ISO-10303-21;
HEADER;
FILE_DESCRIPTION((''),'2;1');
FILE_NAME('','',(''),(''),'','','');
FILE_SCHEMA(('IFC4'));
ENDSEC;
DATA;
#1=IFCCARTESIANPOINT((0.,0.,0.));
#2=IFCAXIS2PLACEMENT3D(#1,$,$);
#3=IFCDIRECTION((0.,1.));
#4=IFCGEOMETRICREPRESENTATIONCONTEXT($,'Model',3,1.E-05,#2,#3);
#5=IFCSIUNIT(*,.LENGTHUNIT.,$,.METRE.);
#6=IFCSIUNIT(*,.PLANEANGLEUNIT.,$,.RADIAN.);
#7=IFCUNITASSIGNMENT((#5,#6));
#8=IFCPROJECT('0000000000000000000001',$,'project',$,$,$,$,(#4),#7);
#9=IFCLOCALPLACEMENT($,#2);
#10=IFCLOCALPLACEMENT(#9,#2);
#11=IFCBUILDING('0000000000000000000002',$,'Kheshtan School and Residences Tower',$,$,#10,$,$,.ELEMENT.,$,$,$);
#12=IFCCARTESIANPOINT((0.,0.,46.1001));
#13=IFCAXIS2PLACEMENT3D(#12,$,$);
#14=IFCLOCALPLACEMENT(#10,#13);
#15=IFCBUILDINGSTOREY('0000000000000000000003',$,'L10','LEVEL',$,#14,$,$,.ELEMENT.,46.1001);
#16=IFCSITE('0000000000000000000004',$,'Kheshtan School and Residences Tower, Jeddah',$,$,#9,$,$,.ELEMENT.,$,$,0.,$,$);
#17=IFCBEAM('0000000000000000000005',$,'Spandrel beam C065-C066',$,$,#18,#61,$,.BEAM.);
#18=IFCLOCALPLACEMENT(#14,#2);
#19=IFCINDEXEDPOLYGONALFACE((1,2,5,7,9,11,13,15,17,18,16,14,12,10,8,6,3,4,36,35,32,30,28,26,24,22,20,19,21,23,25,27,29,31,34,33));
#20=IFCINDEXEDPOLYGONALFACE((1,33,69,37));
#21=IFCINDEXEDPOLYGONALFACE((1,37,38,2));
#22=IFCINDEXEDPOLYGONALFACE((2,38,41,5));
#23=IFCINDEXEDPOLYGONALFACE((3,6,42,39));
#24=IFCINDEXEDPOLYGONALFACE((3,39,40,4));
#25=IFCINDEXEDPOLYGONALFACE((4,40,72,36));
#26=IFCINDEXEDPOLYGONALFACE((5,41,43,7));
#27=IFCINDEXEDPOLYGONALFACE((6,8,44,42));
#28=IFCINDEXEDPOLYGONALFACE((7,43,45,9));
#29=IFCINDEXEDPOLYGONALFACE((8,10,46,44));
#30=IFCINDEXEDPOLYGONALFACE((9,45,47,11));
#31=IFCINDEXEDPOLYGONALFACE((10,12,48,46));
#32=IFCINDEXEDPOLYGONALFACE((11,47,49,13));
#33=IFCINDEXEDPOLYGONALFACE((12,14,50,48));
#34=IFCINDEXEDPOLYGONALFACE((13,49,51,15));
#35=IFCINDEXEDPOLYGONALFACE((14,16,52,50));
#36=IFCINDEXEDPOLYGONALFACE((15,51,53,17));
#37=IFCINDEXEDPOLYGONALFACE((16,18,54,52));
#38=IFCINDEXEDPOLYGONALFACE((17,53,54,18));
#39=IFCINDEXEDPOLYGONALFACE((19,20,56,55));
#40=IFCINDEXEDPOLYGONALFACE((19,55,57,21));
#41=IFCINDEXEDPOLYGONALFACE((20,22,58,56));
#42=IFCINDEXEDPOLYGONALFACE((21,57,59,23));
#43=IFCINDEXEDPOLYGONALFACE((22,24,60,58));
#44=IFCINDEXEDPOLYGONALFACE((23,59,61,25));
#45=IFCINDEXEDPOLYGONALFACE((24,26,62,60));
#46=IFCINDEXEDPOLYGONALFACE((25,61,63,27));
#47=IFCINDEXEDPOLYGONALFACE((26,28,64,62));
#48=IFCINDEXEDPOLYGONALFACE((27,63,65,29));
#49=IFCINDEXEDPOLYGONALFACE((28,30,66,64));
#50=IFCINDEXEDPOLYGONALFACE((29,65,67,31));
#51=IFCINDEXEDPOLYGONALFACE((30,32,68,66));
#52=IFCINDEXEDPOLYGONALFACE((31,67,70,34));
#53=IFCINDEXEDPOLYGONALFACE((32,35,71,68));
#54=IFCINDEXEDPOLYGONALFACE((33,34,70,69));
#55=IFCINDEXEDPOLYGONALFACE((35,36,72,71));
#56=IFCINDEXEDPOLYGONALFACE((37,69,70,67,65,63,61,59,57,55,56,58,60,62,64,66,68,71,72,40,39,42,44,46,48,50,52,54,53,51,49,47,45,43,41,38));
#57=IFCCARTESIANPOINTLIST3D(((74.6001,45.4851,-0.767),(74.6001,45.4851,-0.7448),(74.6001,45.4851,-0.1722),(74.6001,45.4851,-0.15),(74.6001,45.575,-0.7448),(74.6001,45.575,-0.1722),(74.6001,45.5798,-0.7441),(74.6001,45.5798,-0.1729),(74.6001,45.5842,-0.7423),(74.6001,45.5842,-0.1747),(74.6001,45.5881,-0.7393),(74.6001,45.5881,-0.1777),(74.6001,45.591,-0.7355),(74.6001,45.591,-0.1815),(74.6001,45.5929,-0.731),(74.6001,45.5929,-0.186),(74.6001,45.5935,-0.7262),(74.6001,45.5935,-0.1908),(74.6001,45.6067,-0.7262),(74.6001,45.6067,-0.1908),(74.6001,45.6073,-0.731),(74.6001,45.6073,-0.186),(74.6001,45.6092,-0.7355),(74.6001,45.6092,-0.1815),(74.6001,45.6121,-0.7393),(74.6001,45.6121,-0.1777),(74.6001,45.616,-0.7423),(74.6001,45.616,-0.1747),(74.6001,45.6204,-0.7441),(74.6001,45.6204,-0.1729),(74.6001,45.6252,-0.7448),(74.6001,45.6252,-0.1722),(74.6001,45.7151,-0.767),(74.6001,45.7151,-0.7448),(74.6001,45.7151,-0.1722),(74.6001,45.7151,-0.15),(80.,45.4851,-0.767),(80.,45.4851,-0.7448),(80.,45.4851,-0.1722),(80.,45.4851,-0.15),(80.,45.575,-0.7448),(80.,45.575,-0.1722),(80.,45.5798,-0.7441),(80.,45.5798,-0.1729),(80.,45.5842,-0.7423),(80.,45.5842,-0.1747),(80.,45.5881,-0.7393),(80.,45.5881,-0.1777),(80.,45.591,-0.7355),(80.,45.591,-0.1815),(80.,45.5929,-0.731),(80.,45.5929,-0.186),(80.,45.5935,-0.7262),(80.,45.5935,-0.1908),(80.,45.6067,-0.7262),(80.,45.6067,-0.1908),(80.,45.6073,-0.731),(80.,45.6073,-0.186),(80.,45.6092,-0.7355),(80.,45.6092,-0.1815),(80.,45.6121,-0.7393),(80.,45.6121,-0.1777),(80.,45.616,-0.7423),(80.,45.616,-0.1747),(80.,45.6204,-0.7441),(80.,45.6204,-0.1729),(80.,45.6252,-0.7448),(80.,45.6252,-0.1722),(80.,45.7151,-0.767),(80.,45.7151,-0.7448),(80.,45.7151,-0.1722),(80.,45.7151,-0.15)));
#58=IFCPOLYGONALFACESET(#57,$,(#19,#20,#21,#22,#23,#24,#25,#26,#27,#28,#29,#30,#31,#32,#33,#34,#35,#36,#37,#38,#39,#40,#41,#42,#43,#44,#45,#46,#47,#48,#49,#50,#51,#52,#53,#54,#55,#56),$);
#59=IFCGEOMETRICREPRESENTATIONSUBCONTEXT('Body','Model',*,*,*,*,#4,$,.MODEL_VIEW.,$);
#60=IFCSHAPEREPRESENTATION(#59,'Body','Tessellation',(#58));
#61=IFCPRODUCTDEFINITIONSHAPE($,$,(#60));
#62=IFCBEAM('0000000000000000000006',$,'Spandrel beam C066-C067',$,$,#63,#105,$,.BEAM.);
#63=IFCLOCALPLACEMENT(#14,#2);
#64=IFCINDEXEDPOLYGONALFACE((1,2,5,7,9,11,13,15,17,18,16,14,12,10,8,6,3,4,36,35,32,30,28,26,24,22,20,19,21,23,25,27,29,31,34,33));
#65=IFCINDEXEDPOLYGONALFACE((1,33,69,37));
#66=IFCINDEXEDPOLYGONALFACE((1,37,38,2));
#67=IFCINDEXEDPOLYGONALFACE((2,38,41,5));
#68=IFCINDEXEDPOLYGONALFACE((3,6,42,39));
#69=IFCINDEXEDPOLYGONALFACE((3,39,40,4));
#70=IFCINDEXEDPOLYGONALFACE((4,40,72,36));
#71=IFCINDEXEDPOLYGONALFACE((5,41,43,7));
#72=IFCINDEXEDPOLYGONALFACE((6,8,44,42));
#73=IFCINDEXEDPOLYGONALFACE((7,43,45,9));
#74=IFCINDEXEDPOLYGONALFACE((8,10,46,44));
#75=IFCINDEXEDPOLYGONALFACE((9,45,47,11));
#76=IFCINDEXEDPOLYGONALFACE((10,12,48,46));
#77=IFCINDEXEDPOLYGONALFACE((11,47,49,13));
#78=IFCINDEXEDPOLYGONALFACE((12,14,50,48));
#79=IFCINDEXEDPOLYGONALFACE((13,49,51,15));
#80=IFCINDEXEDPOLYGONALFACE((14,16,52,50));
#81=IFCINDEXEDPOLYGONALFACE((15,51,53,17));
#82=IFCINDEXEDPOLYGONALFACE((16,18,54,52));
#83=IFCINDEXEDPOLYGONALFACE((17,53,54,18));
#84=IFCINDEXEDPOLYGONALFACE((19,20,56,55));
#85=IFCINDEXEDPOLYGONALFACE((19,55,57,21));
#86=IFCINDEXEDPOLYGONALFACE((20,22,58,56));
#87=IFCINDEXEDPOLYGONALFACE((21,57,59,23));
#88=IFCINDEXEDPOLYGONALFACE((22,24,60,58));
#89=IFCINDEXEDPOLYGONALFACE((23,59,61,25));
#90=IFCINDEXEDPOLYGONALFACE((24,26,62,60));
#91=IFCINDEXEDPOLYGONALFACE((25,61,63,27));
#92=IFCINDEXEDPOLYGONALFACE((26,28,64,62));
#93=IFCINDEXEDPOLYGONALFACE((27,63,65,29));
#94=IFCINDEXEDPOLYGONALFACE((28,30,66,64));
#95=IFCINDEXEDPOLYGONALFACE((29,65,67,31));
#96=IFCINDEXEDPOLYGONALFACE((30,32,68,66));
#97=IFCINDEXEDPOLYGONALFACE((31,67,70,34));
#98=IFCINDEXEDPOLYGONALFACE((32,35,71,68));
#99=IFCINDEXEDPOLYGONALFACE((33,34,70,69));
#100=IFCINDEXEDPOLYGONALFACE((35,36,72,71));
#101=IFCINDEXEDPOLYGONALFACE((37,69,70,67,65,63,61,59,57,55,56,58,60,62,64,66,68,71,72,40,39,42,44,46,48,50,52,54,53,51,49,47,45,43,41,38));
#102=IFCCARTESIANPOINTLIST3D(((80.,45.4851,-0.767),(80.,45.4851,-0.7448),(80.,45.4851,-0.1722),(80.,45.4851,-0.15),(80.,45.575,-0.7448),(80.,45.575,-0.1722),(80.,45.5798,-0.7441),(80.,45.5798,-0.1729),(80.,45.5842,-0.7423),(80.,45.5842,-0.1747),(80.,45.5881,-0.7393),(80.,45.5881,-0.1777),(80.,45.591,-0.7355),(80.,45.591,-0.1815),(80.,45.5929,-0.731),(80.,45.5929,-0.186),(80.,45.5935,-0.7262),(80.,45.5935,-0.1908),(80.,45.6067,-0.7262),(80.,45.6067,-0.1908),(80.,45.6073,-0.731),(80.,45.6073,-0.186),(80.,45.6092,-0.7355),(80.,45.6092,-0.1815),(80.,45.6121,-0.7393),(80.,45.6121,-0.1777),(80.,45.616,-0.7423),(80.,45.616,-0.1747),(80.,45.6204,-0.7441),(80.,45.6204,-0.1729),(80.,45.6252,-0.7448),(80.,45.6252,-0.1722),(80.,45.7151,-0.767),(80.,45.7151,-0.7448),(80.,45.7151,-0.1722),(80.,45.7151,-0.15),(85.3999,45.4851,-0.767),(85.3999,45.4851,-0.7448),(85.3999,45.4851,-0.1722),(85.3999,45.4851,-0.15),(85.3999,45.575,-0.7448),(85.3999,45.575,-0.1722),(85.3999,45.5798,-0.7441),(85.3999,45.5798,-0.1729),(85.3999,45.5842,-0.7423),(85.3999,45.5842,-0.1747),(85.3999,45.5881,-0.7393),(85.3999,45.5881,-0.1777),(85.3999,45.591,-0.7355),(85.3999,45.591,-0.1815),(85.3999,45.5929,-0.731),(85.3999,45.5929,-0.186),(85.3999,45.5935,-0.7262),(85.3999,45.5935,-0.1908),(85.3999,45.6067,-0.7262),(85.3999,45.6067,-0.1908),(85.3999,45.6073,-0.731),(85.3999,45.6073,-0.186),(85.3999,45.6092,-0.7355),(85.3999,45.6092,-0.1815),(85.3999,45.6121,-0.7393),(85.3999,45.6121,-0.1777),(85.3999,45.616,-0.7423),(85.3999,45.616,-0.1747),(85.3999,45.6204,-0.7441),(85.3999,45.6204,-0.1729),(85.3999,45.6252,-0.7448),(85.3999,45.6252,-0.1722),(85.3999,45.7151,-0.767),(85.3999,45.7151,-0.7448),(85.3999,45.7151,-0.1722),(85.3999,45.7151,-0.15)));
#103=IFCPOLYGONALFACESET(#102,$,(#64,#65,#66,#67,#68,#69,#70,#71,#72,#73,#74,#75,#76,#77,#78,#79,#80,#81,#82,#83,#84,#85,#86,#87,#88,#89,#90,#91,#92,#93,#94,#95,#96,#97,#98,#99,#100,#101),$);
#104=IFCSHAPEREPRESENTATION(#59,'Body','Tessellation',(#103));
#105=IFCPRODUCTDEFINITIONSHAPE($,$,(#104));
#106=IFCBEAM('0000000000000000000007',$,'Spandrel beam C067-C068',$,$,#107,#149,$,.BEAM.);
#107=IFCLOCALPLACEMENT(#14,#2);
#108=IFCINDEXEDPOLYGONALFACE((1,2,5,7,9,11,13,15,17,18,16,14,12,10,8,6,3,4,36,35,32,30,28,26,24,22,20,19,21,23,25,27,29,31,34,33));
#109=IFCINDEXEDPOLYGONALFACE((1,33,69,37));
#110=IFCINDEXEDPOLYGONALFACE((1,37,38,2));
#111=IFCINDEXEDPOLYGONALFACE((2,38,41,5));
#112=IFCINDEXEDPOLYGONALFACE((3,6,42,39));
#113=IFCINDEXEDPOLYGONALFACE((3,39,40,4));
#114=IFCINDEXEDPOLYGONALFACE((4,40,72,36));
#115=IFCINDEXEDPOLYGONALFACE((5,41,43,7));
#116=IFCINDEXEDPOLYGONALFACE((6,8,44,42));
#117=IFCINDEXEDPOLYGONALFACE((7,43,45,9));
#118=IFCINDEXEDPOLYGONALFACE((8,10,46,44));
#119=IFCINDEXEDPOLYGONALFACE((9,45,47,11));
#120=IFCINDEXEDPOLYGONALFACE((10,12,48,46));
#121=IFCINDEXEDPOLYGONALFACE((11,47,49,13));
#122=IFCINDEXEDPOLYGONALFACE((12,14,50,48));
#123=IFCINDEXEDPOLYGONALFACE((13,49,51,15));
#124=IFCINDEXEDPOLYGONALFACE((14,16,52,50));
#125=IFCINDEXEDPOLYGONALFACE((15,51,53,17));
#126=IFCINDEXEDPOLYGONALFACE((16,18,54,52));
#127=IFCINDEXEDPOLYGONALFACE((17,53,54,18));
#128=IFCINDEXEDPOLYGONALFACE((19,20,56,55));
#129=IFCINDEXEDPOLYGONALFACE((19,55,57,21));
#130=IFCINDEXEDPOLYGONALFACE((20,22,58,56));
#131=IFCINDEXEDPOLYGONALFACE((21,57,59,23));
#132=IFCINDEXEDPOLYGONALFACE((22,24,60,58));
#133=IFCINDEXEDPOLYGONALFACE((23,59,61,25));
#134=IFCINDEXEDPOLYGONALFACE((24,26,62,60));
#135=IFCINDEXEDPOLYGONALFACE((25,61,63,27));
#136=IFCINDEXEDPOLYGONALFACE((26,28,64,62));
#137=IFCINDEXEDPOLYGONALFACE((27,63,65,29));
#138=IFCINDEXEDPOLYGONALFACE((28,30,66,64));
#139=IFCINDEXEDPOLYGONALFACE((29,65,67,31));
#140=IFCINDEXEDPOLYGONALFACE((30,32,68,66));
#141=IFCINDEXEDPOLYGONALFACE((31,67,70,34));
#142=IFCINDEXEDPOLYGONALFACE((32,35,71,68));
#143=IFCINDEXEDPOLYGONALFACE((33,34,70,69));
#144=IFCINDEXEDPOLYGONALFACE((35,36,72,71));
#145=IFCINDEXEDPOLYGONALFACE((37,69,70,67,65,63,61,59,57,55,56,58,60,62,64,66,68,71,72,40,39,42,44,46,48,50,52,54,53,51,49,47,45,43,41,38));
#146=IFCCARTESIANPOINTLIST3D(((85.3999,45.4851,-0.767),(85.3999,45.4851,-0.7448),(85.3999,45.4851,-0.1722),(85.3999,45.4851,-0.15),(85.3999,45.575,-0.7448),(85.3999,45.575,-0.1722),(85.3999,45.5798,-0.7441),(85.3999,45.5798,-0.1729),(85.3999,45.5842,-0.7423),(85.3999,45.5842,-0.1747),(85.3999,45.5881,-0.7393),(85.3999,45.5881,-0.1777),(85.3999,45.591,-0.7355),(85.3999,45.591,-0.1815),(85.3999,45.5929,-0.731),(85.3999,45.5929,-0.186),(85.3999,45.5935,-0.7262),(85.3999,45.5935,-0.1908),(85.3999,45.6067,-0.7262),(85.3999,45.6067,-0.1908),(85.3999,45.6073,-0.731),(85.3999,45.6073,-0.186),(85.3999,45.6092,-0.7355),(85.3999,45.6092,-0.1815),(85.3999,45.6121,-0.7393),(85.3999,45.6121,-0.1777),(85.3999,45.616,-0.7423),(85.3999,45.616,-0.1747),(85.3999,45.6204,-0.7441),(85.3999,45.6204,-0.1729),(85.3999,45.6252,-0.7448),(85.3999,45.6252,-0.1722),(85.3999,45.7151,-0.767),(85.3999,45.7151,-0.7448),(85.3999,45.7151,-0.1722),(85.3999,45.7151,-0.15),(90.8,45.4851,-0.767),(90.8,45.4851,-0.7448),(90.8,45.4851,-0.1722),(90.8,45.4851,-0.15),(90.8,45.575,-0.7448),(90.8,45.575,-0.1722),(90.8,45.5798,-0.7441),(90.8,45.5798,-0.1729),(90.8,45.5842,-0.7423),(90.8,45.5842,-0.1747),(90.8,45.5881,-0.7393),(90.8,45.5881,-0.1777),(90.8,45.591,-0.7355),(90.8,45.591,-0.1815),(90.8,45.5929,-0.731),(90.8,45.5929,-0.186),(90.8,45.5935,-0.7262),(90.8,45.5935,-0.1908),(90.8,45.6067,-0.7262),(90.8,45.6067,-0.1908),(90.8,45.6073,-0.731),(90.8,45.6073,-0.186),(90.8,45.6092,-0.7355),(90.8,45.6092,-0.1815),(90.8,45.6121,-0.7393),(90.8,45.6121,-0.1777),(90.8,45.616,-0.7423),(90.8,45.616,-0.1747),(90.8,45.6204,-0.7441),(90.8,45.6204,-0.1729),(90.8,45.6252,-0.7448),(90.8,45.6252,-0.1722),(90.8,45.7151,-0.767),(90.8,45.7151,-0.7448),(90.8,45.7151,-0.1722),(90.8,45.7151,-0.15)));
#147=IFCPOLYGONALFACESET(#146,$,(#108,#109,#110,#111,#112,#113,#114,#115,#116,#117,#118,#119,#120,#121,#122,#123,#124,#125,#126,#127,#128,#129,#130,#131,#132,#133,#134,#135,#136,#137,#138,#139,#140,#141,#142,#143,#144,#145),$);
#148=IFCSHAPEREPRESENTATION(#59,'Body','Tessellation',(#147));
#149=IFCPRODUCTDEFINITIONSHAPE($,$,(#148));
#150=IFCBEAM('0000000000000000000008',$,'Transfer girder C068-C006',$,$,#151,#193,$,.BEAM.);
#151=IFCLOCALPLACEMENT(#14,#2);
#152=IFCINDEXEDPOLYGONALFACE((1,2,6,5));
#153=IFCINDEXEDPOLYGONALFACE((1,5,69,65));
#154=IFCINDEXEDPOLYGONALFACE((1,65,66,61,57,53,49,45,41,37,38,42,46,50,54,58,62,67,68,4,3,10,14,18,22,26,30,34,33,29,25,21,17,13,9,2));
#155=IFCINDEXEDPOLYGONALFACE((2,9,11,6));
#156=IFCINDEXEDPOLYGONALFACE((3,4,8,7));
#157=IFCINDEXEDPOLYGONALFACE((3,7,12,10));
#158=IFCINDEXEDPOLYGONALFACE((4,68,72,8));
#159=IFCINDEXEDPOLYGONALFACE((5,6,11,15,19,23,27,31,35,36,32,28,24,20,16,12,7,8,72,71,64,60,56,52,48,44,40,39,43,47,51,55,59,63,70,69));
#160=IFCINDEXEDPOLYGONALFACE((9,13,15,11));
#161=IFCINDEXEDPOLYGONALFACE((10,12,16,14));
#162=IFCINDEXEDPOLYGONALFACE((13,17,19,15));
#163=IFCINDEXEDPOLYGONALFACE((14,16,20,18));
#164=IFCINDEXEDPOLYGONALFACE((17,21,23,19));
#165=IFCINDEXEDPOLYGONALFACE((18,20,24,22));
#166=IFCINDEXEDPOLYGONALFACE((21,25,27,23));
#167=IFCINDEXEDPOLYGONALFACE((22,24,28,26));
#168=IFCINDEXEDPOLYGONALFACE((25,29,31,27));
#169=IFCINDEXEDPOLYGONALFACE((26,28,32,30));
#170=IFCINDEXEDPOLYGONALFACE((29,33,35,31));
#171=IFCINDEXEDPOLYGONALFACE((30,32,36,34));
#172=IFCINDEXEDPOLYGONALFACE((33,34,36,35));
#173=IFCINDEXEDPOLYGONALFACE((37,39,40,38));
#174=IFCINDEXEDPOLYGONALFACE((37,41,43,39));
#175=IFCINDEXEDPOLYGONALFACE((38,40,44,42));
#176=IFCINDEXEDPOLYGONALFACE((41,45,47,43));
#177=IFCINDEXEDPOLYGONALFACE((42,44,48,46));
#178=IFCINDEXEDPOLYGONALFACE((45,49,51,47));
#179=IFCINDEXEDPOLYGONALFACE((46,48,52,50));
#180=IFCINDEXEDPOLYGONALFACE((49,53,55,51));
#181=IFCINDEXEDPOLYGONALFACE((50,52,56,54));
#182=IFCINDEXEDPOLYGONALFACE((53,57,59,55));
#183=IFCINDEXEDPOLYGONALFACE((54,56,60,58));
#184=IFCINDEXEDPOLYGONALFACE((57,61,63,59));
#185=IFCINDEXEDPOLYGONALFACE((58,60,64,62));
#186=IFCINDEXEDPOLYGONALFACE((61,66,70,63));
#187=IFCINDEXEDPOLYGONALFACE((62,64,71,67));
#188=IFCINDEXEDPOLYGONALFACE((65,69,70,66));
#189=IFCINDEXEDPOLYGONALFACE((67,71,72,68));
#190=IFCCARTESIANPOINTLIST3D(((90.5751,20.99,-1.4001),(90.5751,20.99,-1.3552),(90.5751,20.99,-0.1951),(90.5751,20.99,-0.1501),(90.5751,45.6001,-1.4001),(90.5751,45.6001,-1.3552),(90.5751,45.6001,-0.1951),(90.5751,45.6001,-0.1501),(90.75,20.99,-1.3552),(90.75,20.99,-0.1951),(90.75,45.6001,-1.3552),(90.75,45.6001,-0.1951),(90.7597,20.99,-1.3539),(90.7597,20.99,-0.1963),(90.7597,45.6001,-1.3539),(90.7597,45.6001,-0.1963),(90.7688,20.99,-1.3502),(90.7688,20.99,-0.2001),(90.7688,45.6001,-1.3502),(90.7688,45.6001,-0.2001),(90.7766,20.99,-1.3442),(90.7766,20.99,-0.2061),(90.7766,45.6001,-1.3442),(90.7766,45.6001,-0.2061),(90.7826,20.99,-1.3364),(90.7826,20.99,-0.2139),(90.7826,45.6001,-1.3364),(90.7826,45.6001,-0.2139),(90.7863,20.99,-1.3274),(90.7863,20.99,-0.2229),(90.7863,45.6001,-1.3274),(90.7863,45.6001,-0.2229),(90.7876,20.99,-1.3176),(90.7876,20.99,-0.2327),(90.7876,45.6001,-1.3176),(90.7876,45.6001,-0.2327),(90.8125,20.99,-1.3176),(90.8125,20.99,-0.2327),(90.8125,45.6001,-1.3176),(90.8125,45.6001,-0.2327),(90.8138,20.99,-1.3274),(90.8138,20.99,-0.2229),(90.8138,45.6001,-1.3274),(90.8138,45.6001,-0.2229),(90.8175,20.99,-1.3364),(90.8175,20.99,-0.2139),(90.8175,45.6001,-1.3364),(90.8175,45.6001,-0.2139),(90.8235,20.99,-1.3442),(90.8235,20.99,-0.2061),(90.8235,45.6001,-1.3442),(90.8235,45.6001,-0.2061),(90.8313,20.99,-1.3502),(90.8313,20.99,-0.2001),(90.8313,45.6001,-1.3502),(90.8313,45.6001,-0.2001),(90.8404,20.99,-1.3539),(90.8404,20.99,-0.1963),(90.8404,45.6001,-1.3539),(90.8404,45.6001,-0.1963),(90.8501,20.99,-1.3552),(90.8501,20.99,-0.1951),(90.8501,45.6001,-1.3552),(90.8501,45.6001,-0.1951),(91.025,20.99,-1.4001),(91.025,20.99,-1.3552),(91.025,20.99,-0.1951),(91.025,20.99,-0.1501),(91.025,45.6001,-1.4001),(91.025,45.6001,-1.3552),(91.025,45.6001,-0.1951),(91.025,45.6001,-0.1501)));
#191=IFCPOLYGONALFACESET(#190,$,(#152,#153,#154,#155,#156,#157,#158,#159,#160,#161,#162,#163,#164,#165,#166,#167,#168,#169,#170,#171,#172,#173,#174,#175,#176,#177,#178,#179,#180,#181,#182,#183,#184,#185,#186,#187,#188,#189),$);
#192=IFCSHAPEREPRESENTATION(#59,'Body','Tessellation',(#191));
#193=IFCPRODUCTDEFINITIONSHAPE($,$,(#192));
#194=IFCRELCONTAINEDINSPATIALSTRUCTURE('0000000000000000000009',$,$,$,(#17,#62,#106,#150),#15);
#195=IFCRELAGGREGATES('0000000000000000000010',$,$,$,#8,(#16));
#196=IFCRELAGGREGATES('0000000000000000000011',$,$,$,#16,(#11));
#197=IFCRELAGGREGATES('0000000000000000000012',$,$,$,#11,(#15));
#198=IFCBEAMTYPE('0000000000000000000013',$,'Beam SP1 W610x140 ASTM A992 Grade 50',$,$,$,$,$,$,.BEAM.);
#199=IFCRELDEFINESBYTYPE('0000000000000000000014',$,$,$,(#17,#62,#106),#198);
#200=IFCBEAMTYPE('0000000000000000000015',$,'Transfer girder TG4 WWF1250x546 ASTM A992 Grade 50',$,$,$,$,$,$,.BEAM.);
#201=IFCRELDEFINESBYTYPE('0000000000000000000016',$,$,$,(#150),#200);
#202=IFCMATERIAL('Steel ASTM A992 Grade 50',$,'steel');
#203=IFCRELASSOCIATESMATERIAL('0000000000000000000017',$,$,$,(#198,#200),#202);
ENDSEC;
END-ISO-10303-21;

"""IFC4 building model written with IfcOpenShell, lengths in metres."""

from ifc_helpers import new_model, si_unit, direction, frame, origin, origin_2d, place, context, subcontext, project, spatial, i_section, extrude, material, material_profile, profile_set, type_object, element, save


model = new_model("IFC4")

# Units and contexts
model_context = context("Model", 3, precision=1e-05, world=origin(), true_north=direction((0.0, 1.0)))
body_context = subcontext(model_context, "Body", "Model", "MODEL_VIEW")
ifc_project = project(units=[si_unit("LENGTHUNIT", "METRE"), si_unit("PLANEANGLEUNIT", "RADIAN")], contexts=[model_context])

# Site, building, storey
site_placement = place(None, origin())
site = spatial("IfcSite", under=ifc_project, at=site_placement, Name="Kheshtan School and Residences Tower, Jeddah", CompositionType="ELEMENT", RefElevation=0.0)
building_placement = place(site_placement, origin())
building = spatial("IfcBuilding", under=site, at=building_placement, Name="Kheshtan School and Residences Tower", CompositionType="ELEMENT")
storey_placement = place(building_placement, frame((0.0, 0.0, 46.1001)))
storey = spatial("IfcBuildingStorey", under=building, at=storey_placement, Name="L10", Description="LEVEL", CompositionType="ELEMENT", Elevation=46.1001)

# Shared definitions
ifc_material_1 = material(Name="Steel ASTM A992 Grade 50", Category="steel")

# Beams
ifc_material_profile_1 = material_profile(ifc_material_1, i_section(OverallWidth=0.23, OverallDepth=0.6169, WebThickness=0.0132, FlangeThickness=0.0222, FilletRadius=0.0186, at=origin_2d()), Name="W610x140")
ifc_profile_set_1 = profile_set([ifc_material_profile_1], Name="Steel ASTM A992 Grade 50")
beam_type_1 = type_object("IfcBeamType", Name="Beam SP1 W610x140 ASTM A992 Grade 50", PredefinedType="BEAM", material=ifc_profile_set_1)
for number, where, z_axis, x_axis, name in (
    (1, (74.6001, 45.6001, -0.4585), (1.0, 0.0, 0.0), (0.0, 1.0, 0.0), "Spandrel beam C065-C066"),
    (2, (80.0, 45.6001, -0.4585), (1.0, 0.0, 0.0), (0.0, 1.0, 0.0), "Spandrel beam C066-C067"),
):
    element("IfcBeam", number, at=place(storey_placement, frame(where, z_axis=z_axis, x_axis=x_axis)), inside=storey, type_object=beam_type_1, Name=name, PredefinedType="BEAM", context=body_context, shape_type="SweptSolid", body=[
        extrude(i_section(OverallWidth=0.23, OverallDepth=0.6169, WebThickness=0.0132, FlangeThickness=0.0222, FilletRadius=0.0186, at=origin_2d()), origin(), (0.0, 0.0, 1.0), 5.3999),
    ])
beam_1_placement = place(storey_placement, frame((85.3999, 45.6001, -0.4585), z_axis=(1.0, 0.0, 0.0), x_axis=(0.0, 1.0, 0.0)))
element("IfcBeam", 3, at=beam_1_placement, inside=storey, type_object=beam_type_1, Name="Spandrel beam C067-C068", PredefinedType="BEAM", context=body_context, shape_type="SweptSolid", body=[
    extrude(i_section(OverallWidth=0.23, OverallDepth=0.6169, WebThickness=0.0132, FlangeThickness=0.0222, FilletRadius=0.0186, at=origin_2d()), origin(), (0.0, 0.0, 1.0), 5.4001),
])
ifc_material_profile_2 = material_profile(ifc_material_1, i_section(OverallWidth=0.45, OverallDepth=1.25, WebThickness=0.0249, FlangeThickness=0.0449, FilletRadius=0.0376, at=origin_2d()), Name="WWF1250x546")
ifc_profile_set_2 = profile_set([ifc_material_profile_2], Name="Steel ASTM A992 Grade 50")
beam_type_2 = type_object("IfcBeamType", Name="Transfer girder TG4 WWF1250x546 ASTM A992 Grade 50", PredefinedType="BEAM", material=ifc_profile_set_2)
beam_2_placement = place(storey_placement, frame((90.8, 45.6001, -0.7751), z_axis=(0.0, -1.0, 0.0), x_axis=(1.0, 0.0, 0.0)))
element("IfcBeam", 4, at=beam_2_placement, inside=storey, type_object=beam_type_2, Name="Transfer girder C068-C006", PredefinedType="BEAM", context=body_context, shape_type="SweptSolid", body=[
    extrude(i_section(OverallWidth=0.45, OverallDepth=1.25, WebThickness=0.0249, FlangeThickness=0.0449, FilletRadius=0.0376, at=origin_2d()), origin(), (0.0, 0.0, 1.0), 24.6101),
])

save(model, "model.ifc")
